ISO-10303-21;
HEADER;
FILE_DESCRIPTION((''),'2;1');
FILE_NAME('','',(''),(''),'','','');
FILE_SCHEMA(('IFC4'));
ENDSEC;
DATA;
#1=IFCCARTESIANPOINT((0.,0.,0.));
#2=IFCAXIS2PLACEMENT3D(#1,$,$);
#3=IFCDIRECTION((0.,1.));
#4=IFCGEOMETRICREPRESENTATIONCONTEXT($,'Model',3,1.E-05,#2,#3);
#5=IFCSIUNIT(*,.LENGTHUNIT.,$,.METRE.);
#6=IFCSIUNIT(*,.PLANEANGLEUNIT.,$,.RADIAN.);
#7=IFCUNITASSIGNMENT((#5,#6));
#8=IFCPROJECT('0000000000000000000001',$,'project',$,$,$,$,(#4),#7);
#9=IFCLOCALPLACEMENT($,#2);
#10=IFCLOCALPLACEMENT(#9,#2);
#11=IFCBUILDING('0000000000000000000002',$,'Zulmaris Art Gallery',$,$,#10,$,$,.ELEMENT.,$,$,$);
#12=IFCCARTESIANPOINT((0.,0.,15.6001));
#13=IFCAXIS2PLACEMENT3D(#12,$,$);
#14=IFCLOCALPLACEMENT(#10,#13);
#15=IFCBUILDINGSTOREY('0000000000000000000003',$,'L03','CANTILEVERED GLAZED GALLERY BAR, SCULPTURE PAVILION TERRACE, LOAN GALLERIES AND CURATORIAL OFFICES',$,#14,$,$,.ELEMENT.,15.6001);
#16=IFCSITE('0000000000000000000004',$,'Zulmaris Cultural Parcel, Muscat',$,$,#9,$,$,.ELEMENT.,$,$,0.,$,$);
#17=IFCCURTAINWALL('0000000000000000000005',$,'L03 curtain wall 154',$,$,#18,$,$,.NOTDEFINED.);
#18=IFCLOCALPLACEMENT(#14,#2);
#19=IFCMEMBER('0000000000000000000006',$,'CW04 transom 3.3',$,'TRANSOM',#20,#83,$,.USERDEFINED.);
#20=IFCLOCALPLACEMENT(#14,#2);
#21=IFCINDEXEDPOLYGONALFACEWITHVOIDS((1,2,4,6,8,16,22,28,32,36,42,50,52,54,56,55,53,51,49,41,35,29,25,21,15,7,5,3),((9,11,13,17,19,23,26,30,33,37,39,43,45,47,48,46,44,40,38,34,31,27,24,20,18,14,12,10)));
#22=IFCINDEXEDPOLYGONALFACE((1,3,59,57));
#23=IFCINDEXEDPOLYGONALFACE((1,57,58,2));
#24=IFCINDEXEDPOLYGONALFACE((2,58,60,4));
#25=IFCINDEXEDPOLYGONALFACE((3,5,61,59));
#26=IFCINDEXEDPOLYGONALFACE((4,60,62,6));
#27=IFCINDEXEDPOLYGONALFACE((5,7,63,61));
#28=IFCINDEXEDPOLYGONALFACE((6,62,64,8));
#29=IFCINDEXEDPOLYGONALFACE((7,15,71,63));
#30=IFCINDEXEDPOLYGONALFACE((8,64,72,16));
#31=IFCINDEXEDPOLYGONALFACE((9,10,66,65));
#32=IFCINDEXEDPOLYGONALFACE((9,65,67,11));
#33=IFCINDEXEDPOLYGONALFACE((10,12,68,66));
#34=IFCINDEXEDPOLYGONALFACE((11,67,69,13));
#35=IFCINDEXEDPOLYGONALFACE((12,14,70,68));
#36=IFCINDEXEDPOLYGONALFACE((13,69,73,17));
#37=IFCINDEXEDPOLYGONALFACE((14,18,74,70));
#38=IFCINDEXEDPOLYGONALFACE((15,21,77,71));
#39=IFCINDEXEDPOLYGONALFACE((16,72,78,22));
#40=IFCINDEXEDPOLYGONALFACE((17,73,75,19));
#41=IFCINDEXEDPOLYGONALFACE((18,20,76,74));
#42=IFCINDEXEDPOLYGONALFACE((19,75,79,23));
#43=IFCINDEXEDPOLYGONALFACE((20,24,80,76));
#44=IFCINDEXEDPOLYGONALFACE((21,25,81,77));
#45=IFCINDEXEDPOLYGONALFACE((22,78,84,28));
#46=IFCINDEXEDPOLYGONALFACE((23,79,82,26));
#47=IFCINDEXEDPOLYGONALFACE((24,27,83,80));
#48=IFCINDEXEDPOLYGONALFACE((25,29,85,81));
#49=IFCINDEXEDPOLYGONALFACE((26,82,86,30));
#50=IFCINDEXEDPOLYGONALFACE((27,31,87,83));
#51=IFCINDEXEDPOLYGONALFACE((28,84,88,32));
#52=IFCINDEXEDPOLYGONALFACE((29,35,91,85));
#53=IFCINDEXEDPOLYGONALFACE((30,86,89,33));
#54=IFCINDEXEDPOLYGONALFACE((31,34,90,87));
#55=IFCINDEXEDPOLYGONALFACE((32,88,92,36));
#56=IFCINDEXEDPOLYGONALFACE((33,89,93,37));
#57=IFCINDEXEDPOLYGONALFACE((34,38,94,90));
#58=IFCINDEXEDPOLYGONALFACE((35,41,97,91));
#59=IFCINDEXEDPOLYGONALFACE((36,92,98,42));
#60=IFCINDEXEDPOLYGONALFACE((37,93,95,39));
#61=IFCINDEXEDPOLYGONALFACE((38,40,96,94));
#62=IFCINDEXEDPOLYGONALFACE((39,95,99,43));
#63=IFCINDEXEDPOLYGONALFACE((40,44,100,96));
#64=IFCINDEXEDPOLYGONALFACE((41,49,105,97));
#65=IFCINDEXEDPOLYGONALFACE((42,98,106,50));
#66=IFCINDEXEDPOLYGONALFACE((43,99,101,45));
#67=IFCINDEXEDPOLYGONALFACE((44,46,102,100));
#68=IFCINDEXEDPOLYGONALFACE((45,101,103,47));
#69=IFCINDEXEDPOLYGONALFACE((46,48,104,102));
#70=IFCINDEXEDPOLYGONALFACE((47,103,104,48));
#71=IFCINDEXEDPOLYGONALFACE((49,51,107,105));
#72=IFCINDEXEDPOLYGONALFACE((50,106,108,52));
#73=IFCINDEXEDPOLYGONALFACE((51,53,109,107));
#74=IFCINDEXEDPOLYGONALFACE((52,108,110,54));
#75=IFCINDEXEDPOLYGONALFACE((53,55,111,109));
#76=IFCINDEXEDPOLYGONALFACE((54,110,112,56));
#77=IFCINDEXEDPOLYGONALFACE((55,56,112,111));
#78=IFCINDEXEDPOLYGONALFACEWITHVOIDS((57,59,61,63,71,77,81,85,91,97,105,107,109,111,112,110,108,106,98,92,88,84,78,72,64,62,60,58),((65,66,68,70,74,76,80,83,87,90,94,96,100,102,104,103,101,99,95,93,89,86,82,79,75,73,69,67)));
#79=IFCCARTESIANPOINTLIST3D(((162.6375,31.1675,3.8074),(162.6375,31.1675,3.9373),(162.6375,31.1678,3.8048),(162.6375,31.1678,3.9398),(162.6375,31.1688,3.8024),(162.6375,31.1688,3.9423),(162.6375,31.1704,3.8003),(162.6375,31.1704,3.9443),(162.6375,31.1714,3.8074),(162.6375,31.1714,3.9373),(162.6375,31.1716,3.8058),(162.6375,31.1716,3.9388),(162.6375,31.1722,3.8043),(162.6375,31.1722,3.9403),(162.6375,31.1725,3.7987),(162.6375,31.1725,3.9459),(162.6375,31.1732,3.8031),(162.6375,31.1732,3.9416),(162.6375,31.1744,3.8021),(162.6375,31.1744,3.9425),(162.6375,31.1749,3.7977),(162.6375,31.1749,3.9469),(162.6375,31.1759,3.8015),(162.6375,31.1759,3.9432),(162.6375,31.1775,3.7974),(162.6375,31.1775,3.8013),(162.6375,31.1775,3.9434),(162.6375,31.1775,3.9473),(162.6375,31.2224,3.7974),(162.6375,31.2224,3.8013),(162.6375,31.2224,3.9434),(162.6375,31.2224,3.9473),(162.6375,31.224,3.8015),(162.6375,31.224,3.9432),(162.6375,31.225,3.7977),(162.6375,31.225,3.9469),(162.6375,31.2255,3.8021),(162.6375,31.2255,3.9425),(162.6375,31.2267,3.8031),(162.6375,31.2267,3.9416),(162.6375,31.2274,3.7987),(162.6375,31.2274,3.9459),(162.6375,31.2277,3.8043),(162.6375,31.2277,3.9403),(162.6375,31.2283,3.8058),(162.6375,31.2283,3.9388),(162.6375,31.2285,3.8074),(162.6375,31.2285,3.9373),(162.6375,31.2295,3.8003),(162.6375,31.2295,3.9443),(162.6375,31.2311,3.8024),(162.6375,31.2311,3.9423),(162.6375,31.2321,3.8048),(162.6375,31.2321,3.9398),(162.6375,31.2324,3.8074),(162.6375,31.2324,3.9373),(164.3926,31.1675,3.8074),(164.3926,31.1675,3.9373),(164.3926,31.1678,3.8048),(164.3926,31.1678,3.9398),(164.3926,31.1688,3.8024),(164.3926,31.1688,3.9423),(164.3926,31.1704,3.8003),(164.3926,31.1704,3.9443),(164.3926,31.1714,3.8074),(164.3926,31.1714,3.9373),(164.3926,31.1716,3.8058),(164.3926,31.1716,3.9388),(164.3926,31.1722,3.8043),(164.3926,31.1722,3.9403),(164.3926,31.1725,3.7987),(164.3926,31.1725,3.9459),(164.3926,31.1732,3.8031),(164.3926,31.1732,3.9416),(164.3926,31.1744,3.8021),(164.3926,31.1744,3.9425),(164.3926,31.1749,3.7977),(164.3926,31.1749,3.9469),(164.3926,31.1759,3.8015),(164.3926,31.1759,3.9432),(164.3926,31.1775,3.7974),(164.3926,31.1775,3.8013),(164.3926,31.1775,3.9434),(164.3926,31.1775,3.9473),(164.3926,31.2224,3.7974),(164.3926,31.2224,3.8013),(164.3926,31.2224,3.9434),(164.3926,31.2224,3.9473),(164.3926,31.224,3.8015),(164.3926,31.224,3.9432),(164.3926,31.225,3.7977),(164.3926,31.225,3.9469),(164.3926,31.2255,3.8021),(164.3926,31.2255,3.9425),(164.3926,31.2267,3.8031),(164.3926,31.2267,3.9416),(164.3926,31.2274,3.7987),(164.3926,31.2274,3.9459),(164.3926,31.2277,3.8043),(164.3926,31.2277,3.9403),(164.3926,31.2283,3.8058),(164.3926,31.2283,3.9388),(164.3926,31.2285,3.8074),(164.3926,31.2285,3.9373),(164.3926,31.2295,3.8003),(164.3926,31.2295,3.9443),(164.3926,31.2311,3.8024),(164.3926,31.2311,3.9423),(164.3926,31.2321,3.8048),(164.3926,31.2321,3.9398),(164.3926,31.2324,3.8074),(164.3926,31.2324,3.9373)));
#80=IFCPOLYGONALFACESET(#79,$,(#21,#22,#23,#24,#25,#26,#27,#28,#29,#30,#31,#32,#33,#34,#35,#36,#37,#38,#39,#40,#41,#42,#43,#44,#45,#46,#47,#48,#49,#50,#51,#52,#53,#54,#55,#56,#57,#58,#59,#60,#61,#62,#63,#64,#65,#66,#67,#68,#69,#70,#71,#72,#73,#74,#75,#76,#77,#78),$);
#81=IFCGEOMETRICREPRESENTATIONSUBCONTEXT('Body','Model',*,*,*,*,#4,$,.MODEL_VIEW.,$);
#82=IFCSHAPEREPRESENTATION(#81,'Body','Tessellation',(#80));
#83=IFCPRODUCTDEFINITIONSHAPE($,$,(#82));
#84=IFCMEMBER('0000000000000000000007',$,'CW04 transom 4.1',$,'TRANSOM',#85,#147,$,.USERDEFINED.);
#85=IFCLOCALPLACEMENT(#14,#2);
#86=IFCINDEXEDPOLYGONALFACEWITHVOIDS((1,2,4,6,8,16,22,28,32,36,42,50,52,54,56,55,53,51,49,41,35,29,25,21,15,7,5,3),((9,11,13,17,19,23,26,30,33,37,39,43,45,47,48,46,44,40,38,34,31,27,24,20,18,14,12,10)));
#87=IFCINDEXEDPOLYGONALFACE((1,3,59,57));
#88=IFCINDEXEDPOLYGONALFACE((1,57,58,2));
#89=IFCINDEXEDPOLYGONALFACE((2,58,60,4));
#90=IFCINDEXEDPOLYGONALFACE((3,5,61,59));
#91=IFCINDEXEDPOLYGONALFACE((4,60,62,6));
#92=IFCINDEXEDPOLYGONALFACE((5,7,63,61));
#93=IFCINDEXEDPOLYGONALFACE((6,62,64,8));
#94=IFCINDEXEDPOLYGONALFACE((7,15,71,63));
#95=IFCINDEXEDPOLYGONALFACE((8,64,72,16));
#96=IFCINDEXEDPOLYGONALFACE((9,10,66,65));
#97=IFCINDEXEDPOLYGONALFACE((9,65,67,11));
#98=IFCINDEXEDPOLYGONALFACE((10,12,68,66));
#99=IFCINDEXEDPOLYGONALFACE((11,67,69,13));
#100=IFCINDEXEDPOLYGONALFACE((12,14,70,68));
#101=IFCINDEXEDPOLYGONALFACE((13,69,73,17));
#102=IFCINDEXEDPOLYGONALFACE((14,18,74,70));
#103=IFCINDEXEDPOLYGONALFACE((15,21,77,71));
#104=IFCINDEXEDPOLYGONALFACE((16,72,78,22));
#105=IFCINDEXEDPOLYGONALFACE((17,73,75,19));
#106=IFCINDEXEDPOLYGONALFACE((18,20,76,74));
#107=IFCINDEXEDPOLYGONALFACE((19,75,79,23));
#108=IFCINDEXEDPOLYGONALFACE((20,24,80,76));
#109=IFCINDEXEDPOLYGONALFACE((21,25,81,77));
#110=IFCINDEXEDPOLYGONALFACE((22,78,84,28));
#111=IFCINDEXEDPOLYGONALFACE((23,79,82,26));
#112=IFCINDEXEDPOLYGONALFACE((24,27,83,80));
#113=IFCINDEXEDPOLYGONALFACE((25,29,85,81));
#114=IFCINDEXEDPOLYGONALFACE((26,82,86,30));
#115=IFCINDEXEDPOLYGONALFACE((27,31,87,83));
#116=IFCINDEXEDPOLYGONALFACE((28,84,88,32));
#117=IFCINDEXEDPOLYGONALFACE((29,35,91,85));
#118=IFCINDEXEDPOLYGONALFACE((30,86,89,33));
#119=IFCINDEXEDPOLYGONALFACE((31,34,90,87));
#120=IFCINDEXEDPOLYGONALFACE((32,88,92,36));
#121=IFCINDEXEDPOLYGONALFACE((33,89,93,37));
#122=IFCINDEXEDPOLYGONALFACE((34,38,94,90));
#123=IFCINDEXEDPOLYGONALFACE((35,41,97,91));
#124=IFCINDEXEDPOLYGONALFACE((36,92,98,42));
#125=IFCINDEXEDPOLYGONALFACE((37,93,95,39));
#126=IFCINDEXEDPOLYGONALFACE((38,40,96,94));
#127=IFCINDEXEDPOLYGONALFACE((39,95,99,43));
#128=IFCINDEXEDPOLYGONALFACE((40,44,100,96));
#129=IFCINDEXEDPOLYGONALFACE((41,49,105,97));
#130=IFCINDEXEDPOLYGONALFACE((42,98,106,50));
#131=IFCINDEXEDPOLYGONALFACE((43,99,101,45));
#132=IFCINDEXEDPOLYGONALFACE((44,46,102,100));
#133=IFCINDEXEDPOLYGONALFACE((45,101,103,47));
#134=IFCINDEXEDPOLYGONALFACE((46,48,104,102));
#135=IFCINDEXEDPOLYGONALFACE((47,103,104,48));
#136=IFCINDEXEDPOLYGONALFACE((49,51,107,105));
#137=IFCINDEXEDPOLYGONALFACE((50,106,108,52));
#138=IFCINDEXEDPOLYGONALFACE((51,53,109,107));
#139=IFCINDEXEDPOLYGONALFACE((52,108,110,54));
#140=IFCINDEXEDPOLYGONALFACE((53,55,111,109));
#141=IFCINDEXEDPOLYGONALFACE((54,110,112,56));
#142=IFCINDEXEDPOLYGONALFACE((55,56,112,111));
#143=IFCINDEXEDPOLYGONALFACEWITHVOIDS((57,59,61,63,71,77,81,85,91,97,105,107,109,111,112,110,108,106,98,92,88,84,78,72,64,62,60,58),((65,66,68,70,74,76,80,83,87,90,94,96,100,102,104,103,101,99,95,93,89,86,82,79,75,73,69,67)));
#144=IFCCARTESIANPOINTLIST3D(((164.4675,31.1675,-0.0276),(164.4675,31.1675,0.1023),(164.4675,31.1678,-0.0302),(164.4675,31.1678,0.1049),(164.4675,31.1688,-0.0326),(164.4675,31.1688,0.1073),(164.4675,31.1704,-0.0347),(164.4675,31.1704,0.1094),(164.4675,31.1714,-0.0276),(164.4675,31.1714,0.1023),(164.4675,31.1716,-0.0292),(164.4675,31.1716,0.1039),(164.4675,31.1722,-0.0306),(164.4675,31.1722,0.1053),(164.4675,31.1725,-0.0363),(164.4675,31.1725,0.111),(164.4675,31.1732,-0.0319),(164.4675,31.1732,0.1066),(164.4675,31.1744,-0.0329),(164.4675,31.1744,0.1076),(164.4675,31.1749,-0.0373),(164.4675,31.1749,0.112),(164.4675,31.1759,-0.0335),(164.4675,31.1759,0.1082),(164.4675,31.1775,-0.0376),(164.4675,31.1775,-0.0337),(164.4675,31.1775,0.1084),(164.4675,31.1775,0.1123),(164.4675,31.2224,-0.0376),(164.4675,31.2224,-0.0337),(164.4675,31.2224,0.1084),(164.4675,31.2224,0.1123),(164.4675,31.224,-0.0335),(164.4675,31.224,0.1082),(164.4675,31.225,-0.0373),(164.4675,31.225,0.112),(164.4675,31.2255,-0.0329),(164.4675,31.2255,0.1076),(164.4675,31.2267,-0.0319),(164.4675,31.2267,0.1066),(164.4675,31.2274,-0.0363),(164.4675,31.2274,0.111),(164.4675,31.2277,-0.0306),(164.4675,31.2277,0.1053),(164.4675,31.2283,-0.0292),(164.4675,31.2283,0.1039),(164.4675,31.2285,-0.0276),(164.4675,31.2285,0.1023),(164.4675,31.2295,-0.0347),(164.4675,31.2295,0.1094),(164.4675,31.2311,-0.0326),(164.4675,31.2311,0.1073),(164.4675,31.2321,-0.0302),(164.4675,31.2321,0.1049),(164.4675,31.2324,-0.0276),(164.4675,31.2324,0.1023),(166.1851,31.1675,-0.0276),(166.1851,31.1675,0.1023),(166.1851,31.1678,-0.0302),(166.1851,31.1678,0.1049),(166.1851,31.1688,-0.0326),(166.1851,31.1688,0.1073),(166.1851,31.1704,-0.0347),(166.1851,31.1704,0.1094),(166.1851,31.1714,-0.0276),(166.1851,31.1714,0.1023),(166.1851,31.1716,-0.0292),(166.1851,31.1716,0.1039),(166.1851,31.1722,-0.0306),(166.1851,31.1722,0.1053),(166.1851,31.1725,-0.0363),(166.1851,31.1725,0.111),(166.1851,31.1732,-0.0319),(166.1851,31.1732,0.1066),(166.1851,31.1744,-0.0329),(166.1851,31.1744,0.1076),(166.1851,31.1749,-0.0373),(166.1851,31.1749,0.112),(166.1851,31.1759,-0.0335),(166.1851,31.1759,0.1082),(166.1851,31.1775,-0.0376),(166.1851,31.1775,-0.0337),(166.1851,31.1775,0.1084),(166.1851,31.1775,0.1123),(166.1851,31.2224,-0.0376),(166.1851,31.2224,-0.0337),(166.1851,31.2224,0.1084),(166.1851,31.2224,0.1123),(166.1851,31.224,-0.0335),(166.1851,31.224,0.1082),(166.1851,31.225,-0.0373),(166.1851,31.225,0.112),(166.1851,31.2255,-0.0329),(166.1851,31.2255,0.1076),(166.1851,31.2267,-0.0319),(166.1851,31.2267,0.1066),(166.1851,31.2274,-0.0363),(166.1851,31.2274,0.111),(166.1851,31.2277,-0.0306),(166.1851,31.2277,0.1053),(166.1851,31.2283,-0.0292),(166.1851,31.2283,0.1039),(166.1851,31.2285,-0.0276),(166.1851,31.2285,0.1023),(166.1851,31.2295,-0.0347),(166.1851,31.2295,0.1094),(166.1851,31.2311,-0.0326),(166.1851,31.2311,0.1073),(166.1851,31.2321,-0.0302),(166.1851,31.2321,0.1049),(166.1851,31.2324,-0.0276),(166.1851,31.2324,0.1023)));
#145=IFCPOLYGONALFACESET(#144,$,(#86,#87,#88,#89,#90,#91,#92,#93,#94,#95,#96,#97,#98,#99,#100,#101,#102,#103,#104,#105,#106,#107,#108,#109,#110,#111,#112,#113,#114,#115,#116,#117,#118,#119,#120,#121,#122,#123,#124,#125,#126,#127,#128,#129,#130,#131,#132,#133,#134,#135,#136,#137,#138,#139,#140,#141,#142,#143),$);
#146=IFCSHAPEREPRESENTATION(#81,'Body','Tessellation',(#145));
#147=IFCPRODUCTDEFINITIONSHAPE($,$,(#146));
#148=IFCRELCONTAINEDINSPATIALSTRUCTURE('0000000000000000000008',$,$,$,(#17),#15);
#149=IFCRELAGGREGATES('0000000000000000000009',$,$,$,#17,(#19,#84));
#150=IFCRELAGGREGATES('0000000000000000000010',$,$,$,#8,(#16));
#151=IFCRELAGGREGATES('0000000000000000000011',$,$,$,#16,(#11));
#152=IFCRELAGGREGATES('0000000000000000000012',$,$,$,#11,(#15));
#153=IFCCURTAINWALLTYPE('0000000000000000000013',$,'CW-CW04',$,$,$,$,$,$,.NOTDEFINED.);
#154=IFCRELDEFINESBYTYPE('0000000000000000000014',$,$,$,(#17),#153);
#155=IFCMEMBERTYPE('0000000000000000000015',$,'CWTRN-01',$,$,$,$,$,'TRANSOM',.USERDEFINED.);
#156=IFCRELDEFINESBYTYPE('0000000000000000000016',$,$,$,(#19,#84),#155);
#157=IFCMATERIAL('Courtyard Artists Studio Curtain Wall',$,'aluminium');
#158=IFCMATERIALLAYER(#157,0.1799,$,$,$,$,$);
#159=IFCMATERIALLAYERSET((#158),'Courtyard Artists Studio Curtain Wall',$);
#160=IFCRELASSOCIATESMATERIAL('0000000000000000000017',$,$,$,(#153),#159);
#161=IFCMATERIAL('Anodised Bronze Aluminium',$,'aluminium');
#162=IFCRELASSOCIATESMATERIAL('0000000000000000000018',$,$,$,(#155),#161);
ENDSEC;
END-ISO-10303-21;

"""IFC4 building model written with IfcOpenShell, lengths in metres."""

from ifc_helpers import new_model, si_unit, direction, frame, origin, origin_2d, place, context, subcontext, project, spatial, hollow_rectangle, extrude, material, layer, layer_set, material_profile, profile_set, type_object, element, aggregate, save


model = new_model("IFC4")

# Units and contexts
model_context = context("Model", 3, precision=1e-05, world=origin(), true_north=direction((0.0, 1.0)))
body_context = subcontext(model_context, "Body", "Model", "MODEL_VIEW")
ifc_project = project(units=[si_unit("LENGTHUNIT", "METRE"), si_unit("PLANEANGLEUNIT", "RADIAN")], contexts=[model_context])

# Site, building, storey
site_placement = place(None, origin())
site = spatial("IfcSite", under=ifc_project, at=site_placement, Name="Zulmaris Cultural Parcel, Muscat", CompositionType="ELEMENT", RefElevation=0.0)
building_placement = place(site_placement, origin())
building = spatial("IfcBuilding", under=site, at=building_placement, Name="Zulmaris Art Gallery", CompositionType="ELEMENT")
storey_placement = place(building_placement, frame((0.0, 0.0, 15.6001)))
storey = spatial("IfcBuildingStorey", under=building, at=storey_placement, Name="L03", Description="CANTILEVERED GLAZED GALLERY BAR, SCULPTURE PAVILION TERRACE, LOAN GALLERIES AND CURATORIAL OFFICES", CompositionType="ELEMENT", Elevation=15.6001)

# Curtain wall
ifc_material_1 = material(Name="Courtyard Artists Studio Curtain Wall", Category="aluminium")
ifc_layer_1 = layer(ifc_material_1, 0.1799)
ifc_layer_set_1 = layer_set([ifc_layer_1], Name="Courtyard Artists Studio Curtain Wall")
curtain_wall_type = type_object("IfcCurtainWallType", Name="CW-CW04", PredefinedType="NOTDEFINED", material=ifc_layer_set_1)
curtain_wall_1_placement = place(storey_placement, origin())
curtain_wall_1 = element("IfcCurtainWall", 1, at=curtain_wall_1_placement, inside=storey, type_object=curtain_wall_type, Name="L03 curtain wall 154", PredefinedType="NOTDEFINED")
ifc_material_2 = material(Name="Anodised Bronze Aluminium", Category="aluminium")

# Members
ifc_material_profile_1 = material_profile(ifc_material_2, hollow_rectangle(XDim=0.0649, YDim=0.1499, WallThickness=0.0039, InnerFilletRadius=0.0061, OuterFilletRadius=0.01, at=origin_2d()), Name="ALU 65x150x4")
ifc_profile_set_1 = profile_set([ifc_material_profile_1], Name="Anodised Bronze Aluminium")
member_type_1 = type_object("IfcMemberType", Name="CWTRN-01", ElementType="TRANSOM", PredefinedType="USERDEFINED", material=ifc_profile_set_1)
member_1_placement = place(storey_placement, frame((162.6375, 31.2, 3.8723), z_axis=(1.0, 0.0, 0.0), x_axis=(0.0, 1.0, 0.0)))
member_1 = element("IfcMember", 2, at=member_1_placement, type_object=member_type_1, Name="CW04 transom 3.3", ObjectType="TRANSOM", PredefinedType="USERDEFINED", context=body_context, shape_type="SweptSolid", body=[
    extrude(hollow_rectangle(XDim=0.0649, YDim=0.1499, WallThickness=0.0039, InnerFilletRadius=0.0061, OuterFilletRadius=0.01, at=origin_2d()), origin(), (0.0, 0.0, 1.0), 1.7551),
])
member_2_placement = place(storey_placement, frame((164.4675, 31.2, 0.0374), z_axis=(1.0, 0.0, 0.0), x_axis=(0.0, 1.0, 0.0)))
member_2 = element("IfcMember", 3, at=member_2_placement, type_object=member_type_1, Name="CW04 transom 4.1", ObjectType="TRANSOM", PredefinedType="USERDEFINED", context=body_context, shape_type="SweptSolid", body=[
    extrude(hollow_rectangle(XDim=0.0649, YDim=0.1499, WallThickness=0.0039, InnerFilletRadius=0.0061, OuterFilletRadius=0.01, at=origin_2d()), origin(), (0.0, 0.0, 1.0), 1.7175),
])

aggregate(curtain_wall_1, [member_1, member_2])

save(model, "model.ifc")
